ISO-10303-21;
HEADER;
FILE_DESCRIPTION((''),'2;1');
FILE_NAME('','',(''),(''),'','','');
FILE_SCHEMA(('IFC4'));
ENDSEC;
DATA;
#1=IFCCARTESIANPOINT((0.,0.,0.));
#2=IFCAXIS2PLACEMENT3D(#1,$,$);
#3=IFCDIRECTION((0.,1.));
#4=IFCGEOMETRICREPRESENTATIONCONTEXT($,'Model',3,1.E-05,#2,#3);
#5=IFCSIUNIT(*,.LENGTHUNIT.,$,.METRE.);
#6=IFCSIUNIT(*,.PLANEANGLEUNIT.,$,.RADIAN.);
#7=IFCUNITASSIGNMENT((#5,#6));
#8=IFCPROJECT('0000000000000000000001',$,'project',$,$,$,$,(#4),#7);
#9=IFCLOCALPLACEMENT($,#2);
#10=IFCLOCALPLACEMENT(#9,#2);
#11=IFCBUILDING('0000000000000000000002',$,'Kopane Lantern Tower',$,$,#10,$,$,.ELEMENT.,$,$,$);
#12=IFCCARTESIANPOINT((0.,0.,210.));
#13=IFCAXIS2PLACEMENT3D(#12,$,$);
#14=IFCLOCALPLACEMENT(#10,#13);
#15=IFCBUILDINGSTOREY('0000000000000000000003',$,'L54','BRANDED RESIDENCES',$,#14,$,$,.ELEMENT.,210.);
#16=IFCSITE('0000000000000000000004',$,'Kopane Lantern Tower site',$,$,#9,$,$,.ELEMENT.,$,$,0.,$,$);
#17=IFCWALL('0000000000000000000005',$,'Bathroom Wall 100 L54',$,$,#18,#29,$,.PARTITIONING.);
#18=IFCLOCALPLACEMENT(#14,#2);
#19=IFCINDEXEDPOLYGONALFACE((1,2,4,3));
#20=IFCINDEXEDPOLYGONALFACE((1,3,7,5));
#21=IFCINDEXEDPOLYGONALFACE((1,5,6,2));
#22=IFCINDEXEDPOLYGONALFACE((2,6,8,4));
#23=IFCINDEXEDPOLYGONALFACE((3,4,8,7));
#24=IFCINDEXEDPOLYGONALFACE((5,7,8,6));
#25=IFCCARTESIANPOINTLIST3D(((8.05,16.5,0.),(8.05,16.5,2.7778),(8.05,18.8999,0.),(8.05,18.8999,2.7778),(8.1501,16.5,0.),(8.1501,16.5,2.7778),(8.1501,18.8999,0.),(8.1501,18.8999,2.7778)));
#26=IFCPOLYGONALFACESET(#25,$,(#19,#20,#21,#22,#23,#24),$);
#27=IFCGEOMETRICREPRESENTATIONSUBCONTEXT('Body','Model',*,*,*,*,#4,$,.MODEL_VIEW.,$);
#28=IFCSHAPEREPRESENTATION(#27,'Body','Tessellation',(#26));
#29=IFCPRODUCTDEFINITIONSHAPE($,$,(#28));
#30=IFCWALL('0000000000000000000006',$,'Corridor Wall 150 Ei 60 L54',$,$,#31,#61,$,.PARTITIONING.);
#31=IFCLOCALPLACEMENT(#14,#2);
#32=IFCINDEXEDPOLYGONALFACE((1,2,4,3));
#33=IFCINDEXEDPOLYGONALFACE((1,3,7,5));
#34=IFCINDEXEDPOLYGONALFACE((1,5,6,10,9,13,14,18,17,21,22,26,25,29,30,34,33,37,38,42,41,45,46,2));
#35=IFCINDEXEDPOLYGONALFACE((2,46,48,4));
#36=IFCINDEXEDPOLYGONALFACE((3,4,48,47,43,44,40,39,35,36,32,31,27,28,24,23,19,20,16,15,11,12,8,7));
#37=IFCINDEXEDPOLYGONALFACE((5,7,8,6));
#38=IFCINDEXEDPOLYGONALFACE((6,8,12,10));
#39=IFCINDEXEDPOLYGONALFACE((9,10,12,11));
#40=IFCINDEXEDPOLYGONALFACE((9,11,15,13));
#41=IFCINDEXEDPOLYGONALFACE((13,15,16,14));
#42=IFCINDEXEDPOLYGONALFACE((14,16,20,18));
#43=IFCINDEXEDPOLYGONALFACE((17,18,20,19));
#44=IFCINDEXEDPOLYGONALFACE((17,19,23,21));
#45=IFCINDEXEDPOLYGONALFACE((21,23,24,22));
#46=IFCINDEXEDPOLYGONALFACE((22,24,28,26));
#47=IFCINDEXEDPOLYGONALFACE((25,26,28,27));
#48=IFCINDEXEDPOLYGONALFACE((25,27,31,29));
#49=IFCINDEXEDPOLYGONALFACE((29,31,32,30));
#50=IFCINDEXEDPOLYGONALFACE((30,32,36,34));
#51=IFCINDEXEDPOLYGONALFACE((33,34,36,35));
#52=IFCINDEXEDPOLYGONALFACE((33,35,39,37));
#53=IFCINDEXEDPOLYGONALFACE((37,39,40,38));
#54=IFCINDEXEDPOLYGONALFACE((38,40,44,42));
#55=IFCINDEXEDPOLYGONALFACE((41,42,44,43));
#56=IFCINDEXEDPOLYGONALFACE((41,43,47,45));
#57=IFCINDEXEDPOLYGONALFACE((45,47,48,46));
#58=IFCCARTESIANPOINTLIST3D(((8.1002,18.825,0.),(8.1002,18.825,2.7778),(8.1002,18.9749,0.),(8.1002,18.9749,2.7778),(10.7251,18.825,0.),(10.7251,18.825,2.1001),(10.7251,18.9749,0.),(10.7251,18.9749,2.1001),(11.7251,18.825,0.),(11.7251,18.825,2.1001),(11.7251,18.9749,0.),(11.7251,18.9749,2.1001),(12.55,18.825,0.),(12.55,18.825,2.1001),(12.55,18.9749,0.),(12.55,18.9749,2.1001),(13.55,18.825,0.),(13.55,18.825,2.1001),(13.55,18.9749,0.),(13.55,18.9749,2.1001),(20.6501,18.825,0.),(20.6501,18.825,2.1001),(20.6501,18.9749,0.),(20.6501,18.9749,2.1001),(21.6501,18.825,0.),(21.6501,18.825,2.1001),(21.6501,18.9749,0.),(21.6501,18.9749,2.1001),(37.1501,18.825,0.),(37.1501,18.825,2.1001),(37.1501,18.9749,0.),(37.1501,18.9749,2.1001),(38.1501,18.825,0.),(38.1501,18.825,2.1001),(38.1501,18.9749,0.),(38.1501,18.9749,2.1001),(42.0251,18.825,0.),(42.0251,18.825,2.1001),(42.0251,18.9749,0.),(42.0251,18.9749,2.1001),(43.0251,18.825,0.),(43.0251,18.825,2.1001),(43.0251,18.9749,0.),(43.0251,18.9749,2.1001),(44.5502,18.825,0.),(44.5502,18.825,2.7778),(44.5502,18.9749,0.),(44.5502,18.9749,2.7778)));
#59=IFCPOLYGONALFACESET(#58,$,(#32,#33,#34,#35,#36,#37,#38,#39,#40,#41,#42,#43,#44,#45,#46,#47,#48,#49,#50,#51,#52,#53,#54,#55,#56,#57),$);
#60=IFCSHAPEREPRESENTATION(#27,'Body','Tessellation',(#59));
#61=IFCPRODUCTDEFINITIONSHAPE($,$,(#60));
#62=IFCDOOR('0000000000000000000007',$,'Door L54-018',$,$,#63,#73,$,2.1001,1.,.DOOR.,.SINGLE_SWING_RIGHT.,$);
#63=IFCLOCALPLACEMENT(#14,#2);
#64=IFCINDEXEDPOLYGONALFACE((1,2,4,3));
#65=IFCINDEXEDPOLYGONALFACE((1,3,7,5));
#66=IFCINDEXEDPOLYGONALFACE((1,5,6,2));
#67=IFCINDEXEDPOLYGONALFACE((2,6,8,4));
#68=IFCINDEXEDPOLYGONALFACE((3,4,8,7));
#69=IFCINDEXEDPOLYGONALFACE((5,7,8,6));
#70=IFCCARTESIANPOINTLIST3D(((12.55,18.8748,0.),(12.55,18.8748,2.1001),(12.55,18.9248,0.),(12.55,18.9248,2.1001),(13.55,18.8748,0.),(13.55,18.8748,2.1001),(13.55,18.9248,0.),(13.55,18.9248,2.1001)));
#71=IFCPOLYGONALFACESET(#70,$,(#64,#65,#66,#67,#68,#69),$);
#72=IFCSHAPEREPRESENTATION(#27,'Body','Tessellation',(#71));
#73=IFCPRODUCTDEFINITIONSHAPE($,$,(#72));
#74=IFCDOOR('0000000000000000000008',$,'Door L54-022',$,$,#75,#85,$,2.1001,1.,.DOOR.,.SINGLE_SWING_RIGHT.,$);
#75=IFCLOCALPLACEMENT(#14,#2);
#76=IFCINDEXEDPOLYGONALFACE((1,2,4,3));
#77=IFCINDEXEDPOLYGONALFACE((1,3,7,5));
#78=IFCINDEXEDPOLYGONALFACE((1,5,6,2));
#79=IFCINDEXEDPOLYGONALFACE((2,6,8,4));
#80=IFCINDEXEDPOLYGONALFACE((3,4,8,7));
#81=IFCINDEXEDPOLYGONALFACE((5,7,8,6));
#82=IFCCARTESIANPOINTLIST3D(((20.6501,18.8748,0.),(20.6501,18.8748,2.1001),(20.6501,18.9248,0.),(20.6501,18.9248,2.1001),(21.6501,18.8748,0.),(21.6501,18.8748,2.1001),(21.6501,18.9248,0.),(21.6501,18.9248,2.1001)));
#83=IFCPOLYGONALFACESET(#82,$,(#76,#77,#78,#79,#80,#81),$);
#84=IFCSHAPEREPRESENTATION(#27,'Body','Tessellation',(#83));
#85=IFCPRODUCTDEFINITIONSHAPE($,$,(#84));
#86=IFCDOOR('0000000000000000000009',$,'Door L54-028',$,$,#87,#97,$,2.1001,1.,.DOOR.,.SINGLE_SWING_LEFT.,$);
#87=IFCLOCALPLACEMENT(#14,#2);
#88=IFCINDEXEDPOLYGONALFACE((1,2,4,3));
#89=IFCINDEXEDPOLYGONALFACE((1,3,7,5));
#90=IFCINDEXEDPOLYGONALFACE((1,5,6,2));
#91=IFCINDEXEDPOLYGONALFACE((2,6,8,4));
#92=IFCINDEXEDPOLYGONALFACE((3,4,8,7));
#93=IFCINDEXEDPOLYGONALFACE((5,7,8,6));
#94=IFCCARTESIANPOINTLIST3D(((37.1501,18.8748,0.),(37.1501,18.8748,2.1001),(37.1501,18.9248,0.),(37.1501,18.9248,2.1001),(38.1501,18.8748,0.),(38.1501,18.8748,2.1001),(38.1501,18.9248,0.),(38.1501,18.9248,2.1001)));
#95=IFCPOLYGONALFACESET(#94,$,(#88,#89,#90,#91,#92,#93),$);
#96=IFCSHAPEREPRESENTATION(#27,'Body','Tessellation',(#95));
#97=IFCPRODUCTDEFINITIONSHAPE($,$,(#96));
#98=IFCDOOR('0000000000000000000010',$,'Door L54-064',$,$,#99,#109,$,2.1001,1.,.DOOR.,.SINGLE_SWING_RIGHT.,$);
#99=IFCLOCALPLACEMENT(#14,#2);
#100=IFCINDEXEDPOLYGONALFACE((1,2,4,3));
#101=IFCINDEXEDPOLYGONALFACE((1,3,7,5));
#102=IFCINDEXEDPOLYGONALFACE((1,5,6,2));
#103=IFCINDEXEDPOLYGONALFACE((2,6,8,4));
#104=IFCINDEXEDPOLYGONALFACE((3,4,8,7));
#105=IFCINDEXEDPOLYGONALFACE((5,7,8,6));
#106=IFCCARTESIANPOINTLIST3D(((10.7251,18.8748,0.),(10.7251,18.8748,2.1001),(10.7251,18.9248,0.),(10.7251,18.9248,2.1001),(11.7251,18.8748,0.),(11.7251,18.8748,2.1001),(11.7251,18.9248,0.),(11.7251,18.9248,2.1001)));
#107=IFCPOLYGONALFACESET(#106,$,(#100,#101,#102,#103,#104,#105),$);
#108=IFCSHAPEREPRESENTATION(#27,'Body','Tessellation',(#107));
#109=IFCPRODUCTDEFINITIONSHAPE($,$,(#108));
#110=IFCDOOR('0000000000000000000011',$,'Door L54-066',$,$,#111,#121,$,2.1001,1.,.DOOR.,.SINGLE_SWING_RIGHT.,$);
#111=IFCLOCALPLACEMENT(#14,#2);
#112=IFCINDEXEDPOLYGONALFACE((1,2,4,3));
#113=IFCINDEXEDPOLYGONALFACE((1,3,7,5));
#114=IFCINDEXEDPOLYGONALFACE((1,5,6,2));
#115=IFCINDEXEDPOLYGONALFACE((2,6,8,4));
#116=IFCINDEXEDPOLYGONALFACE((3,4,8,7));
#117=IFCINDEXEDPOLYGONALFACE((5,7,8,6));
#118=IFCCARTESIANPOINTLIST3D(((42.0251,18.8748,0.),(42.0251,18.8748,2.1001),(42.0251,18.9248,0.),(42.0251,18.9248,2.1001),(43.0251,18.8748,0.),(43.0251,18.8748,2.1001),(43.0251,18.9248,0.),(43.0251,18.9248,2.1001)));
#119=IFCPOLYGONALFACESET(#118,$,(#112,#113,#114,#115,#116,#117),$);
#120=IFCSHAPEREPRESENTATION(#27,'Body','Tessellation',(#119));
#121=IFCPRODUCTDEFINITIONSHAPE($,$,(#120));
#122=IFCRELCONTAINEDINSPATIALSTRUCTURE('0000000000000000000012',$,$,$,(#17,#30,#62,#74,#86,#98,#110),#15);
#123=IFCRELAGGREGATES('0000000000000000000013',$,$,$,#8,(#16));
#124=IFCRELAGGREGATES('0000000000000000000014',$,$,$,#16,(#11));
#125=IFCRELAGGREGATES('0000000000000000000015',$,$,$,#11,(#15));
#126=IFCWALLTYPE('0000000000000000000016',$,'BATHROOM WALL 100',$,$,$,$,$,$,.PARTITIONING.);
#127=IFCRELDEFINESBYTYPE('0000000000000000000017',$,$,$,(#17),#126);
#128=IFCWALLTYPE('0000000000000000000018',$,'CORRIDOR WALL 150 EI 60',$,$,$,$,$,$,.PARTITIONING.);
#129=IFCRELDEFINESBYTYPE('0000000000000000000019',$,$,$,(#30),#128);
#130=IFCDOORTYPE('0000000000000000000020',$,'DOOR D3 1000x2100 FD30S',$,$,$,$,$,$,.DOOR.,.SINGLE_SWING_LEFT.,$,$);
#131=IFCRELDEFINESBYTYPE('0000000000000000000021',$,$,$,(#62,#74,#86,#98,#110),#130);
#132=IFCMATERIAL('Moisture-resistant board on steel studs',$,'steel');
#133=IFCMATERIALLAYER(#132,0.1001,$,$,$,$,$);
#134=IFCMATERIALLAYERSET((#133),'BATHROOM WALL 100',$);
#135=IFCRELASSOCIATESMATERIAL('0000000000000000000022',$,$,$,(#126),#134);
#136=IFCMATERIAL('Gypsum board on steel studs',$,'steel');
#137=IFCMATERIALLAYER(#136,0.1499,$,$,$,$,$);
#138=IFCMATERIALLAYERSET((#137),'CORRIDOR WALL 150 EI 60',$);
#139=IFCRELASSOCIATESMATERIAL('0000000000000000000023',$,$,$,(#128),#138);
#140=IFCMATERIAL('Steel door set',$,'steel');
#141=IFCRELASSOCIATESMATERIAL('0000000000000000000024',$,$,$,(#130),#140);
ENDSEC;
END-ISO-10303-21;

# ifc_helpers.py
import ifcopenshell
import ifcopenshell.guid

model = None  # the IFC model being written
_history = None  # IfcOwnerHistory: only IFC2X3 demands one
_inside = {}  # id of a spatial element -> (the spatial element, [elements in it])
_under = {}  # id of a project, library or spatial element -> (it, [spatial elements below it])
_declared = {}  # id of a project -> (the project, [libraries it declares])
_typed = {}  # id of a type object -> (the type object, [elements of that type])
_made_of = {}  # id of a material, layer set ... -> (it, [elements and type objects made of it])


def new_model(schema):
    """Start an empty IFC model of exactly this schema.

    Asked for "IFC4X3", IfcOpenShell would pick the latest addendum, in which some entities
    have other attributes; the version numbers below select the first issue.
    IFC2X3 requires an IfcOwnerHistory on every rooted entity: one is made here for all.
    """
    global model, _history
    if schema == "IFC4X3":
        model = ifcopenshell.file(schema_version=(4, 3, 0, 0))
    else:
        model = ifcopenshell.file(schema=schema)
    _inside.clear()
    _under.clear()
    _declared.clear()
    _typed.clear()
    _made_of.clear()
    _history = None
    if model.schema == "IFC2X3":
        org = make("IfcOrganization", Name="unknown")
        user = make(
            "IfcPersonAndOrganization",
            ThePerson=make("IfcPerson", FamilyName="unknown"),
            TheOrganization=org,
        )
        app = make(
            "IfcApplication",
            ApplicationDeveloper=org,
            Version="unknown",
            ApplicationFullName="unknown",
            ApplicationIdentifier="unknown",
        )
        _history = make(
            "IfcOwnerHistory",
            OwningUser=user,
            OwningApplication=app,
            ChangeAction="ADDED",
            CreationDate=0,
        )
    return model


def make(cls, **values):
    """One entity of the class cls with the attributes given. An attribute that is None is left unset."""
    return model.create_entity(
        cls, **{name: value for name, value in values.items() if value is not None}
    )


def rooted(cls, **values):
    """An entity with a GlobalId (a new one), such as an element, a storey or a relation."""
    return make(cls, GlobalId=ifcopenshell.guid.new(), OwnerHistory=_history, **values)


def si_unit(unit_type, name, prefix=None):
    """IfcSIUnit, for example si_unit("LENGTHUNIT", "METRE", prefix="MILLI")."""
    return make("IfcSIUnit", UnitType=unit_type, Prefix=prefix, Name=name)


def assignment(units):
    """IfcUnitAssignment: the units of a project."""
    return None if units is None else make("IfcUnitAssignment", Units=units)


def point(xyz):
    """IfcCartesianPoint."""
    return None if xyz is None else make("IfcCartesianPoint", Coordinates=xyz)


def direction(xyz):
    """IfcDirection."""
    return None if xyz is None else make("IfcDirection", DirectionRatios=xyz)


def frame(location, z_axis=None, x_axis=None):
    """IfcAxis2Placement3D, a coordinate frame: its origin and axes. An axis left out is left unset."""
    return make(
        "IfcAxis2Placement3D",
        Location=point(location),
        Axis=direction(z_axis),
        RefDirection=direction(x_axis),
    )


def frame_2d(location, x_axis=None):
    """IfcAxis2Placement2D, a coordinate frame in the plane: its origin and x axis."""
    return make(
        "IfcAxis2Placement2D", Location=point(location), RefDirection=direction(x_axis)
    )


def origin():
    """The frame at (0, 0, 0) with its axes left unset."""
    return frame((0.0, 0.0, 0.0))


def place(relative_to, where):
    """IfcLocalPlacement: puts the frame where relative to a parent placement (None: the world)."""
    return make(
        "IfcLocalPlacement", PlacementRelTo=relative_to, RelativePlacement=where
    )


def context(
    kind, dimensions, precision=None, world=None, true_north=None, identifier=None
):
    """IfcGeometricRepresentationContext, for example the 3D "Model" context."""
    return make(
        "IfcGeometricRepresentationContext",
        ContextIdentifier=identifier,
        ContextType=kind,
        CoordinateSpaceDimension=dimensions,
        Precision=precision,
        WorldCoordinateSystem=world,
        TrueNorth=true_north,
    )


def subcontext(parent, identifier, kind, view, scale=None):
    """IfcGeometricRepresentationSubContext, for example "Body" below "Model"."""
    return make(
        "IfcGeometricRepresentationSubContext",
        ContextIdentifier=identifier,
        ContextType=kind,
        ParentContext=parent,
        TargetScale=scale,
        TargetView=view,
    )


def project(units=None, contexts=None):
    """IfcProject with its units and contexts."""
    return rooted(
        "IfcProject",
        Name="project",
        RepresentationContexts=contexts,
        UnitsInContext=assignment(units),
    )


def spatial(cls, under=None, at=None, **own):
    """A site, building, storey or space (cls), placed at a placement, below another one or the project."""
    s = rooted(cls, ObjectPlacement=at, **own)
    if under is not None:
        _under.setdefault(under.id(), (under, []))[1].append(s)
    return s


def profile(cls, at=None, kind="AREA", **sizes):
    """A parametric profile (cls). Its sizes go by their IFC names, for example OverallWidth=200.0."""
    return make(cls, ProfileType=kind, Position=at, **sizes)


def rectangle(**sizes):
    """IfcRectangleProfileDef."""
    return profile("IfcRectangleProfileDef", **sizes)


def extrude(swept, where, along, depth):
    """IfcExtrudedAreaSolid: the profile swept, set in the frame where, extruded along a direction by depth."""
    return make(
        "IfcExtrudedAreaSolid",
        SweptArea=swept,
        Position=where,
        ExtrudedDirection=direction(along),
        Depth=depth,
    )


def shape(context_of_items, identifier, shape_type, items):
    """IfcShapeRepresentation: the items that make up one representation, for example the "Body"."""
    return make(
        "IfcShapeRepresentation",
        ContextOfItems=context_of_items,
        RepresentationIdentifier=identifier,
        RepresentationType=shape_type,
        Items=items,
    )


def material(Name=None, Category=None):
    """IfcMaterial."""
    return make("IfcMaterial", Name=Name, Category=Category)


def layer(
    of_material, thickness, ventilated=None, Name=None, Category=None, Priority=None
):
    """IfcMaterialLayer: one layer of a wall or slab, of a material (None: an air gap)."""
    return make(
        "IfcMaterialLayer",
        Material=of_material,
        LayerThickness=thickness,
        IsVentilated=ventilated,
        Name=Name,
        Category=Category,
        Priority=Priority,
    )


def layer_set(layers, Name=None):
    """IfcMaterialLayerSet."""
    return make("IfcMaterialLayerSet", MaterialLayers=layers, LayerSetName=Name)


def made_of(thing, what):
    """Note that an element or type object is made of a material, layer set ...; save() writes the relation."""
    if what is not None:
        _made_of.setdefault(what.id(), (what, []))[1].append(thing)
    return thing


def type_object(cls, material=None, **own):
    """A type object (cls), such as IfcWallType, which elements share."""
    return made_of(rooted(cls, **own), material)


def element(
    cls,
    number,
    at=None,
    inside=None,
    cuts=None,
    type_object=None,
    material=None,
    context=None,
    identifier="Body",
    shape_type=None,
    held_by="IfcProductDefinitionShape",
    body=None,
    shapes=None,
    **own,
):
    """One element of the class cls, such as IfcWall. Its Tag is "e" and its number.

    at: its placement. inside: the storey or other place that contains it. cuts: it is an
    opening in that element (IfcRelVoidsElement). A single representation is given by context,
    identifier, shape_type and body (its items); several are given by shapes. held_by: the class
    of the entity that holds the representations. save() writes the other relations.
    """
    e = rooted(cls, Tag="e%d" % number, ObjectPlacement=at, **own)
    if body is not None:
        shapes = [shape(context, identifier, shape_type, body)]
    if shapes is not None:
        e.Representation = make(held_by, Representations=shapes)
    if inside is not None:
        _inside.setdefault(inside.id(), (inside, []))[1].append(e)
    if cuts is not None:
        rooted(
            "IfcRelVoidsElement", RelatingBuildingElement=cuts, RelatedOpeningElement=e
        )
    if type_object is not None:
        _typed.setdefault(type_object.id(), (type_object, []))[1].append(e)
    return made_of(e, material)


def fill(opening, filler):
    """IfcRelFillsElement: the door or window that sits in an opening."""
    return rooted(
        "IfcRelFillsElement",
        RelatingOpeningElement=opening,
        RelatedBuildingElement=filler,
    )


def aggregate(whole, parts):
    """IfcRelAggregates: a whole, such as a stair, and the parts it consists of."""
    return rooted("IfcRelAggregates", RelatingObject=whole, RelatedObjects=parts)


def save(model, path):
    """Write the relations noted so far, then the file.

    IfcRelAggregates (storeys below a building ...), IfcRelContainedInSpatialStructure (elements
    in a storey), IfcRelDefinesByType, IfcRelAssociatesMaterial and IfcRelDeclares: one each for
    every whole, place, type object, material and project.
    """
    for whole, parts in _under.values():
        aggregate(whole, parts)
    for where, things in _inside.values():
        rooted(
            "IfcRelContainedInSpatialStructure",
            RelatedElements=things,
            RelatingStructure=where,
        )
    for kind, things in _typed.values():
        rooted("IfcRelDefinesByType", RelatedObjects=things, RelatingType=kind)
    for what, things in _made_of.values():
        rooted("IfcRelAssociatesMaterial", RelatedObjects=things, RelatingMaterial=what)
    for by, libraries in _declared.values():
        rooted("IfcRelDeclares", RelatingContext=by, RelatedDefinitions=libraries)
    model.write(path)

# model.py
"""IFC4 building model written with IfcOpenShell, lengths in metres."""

from ifc_helpers import new_model, si_unit, direction, frame, frame_2d, origin, place, context, subcontext, project, spatial, rectangle, extrude, material, layer, layer_set, type_object, element, fill, save


model = new_model("IFC4")

# Units and contexts
model_context = context("Model", 3, precision=1e-05, world=origin(), true_north=direction((0.0, 1.0)))
body_context = subcontext(model_context, "Body", "Model", "MODEL_VIEW")
ifc_project = project(units=[si_unit("LENGTHUNIT", "METRE"), si_unit("PLANEANGLEUNIT", "RADIAN")], contexts=[model_context])

# Site, building, storey
site_placement = place(None, origin())
site = spatial("IfcSite", under=ifc_project, at=site_placement, Name="Kopane Lantern Tower site", CompositionType="ELEMENT", RefElevation=0.0)
building_placement = place(site_placement, origin())
building = spatial("IfcBuilding", under=site, at=building_placement, Name="Kopane Lantern Tower", CompositionType="ELEMENT")
storey_placement = place(building_placement, frame((0.0, 0.0, 210.0)))
storey = spatial("IfcBuildingStorey", under=building, at=storey_placement, Name="L54", Description="BRANDED RESIDENCES", CompositionType="ELEMENT", Elevation=210.0)

# Wall
ifc_material_1 = material(Name="Moisture-resistant board on steel studs", Category="steel")
ifc_layer_1 = layer(ifc_material_1, 0.1001)
ifc_layer_set_1 = layer_set([ifc_layer_1], Name="BATHROOM WALL 100")
wall_type_1 = type_object("IfcWallType", Name="BATHROOM WALL 100", PredefinedType="PARTITIONING", material=ifc_layer_set_1)
wall_1_placement = place(storey_placement, frame((8.1001, 18.8999, 0.0), z_axis=(0.0, 0.0, 1.0), x_axis=(0.0, -1.0, 0.0)))
element("IfcWall", 1, at=wall_1_placement, inside=storey, type_object=wall_type_1, Name="Bathroom Wall 100 L54", PredefinedType="PARTITIONING", context=body_context, shape_type="SweptSolid", body=[
    extrude(rectangle(XDim=2.3999, YDim=0.1001, at=frame_2d((1.2, 0.0))), origin(), (0.0, 0.0, 1.0), 2.7778),
])

# Wall, openings, doors
ifc_material_2 = material(Name="Gypsum board on steel studs", Category="steel")
ifc_layer_2 = layer(ifc_material_2, 0.1499)
ifc_layer_set_2 = layer_set([ifc_layer_2], Name="CORRIDOR WALL 150 EI 60")
wall_type_2 = type_object("IfcWallType", Name="CORRIDOR WALL 150 EI 60", PredefinedType="PARTITIONING", material=ifc_layer_set_2)
wall_2_placement = place(storey_placement, frame((8.1001, 18.8999, 0.0), z_axis=(0.0, 0.0, 1.0), x_axis=(1.0, 0.0, 0.0)))
wall_2 = element("IfcWall", 2, at=wall_2_placement, inside=storey, type_object=wall_type_2, Name="Corridor Wall 150 Ei 60 L54", PredefinedType="PARTITIONING", context=body_context, shape_type="SweptSolid", body=[
    extrude(rectangle(XDim=36.45, YDim=0.1499, at=frame_2d((18.2251, 0.0))), origin(), (0.0, 0.0, 1.0), 2.7778),
])
opening_1_placement = place(wall_2_placement, frame((4.45, 0.0, 0.0)))
opening_1 = element("IfcOpeningElement", 3, at=opening_1_placement, cuts=wall_2, PredefinedType="OPENING", context=body_context, shape_type="SweptSolid", body=[
    extrude(rectangle(XDim=1.0, YDim=2.1001, at=frame_2d((0.5, 1.05))), frame((0.0, 0.085, 0.0), z_axis=(0.0, -1.0, 0.0), x_axis=(1.0, 0.0, 0.0)), (0.0, 0.0, 1.0), 0.1699),
])
opening_2_placement = place(wall_2_placement, frame((12.55, 0.0, 0.0)))
opening_2 = element("IfcOpeningElement", 4, at=opening_2_placement, cuts=wall_2, PredefinedType="OPENING", context=body_context, shape_type="SweptSolid", body=[
    extrude(rectangle(XDim=1.0, YDim=2.1001, at=frame_2d((0.5, 1.05))), frame((0.0, 0.085, 0.0), z_axis=(0.0, -1.0, 0.0), x_axis=(1.0, 0.0, 0.0)), (0.0, 0.0, 1.0), 0.1699),
])
opening_3_placement = place(wall_2_placement, frame((29.05, 0.0, 0.0)))
opening_3 = element("IfcOpeningElement", 5, at=opening_3_placement, cuts=wall_2, PredefinedType="OPENING", context=body_context, shape_type="SweptSolid", body=[
    extrude(rectangle(XDim=1.0, YDim=2.1001, at=frame_2d((0.5, 1.05))), frame((0.0, 0.085, 0.0), z_axis=(0.0, -1.0, 0.0), x_axis=(1.0, 0.0, 0.0)), (0.0, 0.0, 1.0), 0.1699),
])
opening_4_placement = place(wall_2_placement, frame((2.625, 0.0, 0.0)))
opening_4 = element("IfcOpeningElement", 6, at=opening_4_placement, cuts=wall_2, PredefinedType="OPENING", context=body_context, shape_type="SweptSolid", body=[
    extrude(rectangle(XDim=1.0, YDim=2.1001, at=frame_2d((0.5, 1.05))), frame((0.0, 0.085, 0.0), z_axis=(0.0, -1.0, 0.0), x_axis=(1.0, 0.0, 0.0)), (0.0, 0.0, 1.0), 0.1699),
])
opening_5_placement = place(wall_2_placement, frame((33.925, 0.0, 0.0)))
opening_5 = element("IfcOpeningElement", 7, at=opening_5_placement, cuts=wall_2, PredefinedType="OPENING", context=body_context, shape_type="SweptSolid", body=[
    extrude(rectangle(XDim=1.0, YDim=2.1001, at=frame_2d((0.5, 1.05))), frame((0.0, 0.085, 0.0), z_axis=(0.0, -1.0, 0.0), x_axis=(1.0, 0.0, 0.0)), (0.0, 0.0, 1.0), 0.1699),
])
ifc_material_3 = material(Name="Steel door set", Category="steel")
door_type = type_object("IfcDoorType", Name="DOOR D3 1000x2100 FD30S", OperationType="SINGLE_SWING_LEFT", PredefinedType="DOOR", material=ifc_material_3)
door_1_placement = place(opening_1_placement, origin())
door_1 = element("IfcDoor", 8, at=door_1_placement, inside=storey, type_object=door_type, Name="Door L54-018", OperationType="SINGLE_SWING_RIGHT", OverallHeight=2.1001, OverallWidth=1.0, PredefinedType="DOOR", context=body_context, shape_type="SweptSolid", body=[
    extrude(rectangle(XDim=1.0, YDim=2.1001, at=frame_2d((0.5, 1.05))), frame((0.0, 0.0249, 0.0), z_axis=(0.0, -1.0, 0.0), x_axis=(1.0, 0.0, 0.0)), (0.0, 0.0, 1.0), 0.05),
])
fill(opening_1, door_1)
door_2_placement = place(opening_2_placement, origin())
door_2 = element("IfcDoor", 9, at=door_2_placement, inside=storey, type_object=door_type, Name="Door L54-022", OperationType="SINGLE_SWING_RIGHT", OverallHeight=2.1001, OverallWidth=1.0, PredefinedType="DOOR", context=body_context, shape_type="SweptSolid", body=[
    extrude(rectangle(XDim=1.0, YDim=2.1001, at=frame_2d((0.5, 1.05))), frame((0.0, 0.0249, 0.0), z_axis=(0.0, -1.0, 0.0), x_axis=(1.0, 0.0, 0.0)), (0.0, 0.0, 1.0), 0.05),
])
fill(opening_2, door_2)
door_3_placement = place(opening_3_placement, origin())
door_3 = element("IfcDoor", 10, at=door_3_placement, inside=storey, type_object=door_type, Name="Door L54-028", OperationType="SINGLE_SWING_LEFT", OverallHeight=2.1001, OverallWidth=1.0, PredefinedType="DOOR", context=body_context, shape_type="SweptSolid", body=[
    extrude(rectangle(XDim=1.0, YDim=2.1001, at=frame_2d((0.5, 1.05))), frame((0.0, 0.0249, 0.0), z_axis=(0.0, -1.0, 0.0), x_axis=(1.0, 0.0, 0.0)), (0.0, 0.0, 1.0), 0.05),
])
fill(opening_3, door_3)
door_4_placement = place(opening_4_placement, origin())
door_4 = element("IfcDoor", 11, at=door_4_placement, inside=storey, type_object=door_type, Name="Door L54-064", OperationType="SINGLE_SWING_RIGHT", OverallHeight=2.1001, OverallWidth=1.0, PredefinedType="DOOR", context=body_context, shape_type="SweptSolid", body=[
    extrude(rectangle(XDim=1.0, YDim=2.1001, at=frame_2d((0.5, 1.05))), frame((0.0, 0.0249, 0.0), z_axis=(0.0, -1.0, 0.0), x_axis=(1.0, 0.0, 0.0)), (0.0, 0.0, 1.0), 0.05),
])
fill(opening_4, door_4)
door_5_placement = place(opening_5_placement, origin())
door_5 = element("IfcDoor", 12, at=door_5_placement, inside=storey, type_object=door_type, Name="Door L54-066", OperationType="SINGLE_SWING_RIGHT", OverallHeight=2.1001, OverallWidth=1.0, PredefinedType="DOOR", context=body_context, shape_type="SweptSolid", body=[
    extrude(rectangle(XDim=1.0, YDim=2.1001, at=frame_2d((0.5, 1.05))), frame((0.0, 0.0249, 0.0), z_axis=(0.0, -1.0, 0.0), x_axis=(1.0, 0.0, 0.0)), (0.0, 0.0, 1.0), 0.05),
])
fill(opening_5, door_5)

save(model, "model.ifc")
